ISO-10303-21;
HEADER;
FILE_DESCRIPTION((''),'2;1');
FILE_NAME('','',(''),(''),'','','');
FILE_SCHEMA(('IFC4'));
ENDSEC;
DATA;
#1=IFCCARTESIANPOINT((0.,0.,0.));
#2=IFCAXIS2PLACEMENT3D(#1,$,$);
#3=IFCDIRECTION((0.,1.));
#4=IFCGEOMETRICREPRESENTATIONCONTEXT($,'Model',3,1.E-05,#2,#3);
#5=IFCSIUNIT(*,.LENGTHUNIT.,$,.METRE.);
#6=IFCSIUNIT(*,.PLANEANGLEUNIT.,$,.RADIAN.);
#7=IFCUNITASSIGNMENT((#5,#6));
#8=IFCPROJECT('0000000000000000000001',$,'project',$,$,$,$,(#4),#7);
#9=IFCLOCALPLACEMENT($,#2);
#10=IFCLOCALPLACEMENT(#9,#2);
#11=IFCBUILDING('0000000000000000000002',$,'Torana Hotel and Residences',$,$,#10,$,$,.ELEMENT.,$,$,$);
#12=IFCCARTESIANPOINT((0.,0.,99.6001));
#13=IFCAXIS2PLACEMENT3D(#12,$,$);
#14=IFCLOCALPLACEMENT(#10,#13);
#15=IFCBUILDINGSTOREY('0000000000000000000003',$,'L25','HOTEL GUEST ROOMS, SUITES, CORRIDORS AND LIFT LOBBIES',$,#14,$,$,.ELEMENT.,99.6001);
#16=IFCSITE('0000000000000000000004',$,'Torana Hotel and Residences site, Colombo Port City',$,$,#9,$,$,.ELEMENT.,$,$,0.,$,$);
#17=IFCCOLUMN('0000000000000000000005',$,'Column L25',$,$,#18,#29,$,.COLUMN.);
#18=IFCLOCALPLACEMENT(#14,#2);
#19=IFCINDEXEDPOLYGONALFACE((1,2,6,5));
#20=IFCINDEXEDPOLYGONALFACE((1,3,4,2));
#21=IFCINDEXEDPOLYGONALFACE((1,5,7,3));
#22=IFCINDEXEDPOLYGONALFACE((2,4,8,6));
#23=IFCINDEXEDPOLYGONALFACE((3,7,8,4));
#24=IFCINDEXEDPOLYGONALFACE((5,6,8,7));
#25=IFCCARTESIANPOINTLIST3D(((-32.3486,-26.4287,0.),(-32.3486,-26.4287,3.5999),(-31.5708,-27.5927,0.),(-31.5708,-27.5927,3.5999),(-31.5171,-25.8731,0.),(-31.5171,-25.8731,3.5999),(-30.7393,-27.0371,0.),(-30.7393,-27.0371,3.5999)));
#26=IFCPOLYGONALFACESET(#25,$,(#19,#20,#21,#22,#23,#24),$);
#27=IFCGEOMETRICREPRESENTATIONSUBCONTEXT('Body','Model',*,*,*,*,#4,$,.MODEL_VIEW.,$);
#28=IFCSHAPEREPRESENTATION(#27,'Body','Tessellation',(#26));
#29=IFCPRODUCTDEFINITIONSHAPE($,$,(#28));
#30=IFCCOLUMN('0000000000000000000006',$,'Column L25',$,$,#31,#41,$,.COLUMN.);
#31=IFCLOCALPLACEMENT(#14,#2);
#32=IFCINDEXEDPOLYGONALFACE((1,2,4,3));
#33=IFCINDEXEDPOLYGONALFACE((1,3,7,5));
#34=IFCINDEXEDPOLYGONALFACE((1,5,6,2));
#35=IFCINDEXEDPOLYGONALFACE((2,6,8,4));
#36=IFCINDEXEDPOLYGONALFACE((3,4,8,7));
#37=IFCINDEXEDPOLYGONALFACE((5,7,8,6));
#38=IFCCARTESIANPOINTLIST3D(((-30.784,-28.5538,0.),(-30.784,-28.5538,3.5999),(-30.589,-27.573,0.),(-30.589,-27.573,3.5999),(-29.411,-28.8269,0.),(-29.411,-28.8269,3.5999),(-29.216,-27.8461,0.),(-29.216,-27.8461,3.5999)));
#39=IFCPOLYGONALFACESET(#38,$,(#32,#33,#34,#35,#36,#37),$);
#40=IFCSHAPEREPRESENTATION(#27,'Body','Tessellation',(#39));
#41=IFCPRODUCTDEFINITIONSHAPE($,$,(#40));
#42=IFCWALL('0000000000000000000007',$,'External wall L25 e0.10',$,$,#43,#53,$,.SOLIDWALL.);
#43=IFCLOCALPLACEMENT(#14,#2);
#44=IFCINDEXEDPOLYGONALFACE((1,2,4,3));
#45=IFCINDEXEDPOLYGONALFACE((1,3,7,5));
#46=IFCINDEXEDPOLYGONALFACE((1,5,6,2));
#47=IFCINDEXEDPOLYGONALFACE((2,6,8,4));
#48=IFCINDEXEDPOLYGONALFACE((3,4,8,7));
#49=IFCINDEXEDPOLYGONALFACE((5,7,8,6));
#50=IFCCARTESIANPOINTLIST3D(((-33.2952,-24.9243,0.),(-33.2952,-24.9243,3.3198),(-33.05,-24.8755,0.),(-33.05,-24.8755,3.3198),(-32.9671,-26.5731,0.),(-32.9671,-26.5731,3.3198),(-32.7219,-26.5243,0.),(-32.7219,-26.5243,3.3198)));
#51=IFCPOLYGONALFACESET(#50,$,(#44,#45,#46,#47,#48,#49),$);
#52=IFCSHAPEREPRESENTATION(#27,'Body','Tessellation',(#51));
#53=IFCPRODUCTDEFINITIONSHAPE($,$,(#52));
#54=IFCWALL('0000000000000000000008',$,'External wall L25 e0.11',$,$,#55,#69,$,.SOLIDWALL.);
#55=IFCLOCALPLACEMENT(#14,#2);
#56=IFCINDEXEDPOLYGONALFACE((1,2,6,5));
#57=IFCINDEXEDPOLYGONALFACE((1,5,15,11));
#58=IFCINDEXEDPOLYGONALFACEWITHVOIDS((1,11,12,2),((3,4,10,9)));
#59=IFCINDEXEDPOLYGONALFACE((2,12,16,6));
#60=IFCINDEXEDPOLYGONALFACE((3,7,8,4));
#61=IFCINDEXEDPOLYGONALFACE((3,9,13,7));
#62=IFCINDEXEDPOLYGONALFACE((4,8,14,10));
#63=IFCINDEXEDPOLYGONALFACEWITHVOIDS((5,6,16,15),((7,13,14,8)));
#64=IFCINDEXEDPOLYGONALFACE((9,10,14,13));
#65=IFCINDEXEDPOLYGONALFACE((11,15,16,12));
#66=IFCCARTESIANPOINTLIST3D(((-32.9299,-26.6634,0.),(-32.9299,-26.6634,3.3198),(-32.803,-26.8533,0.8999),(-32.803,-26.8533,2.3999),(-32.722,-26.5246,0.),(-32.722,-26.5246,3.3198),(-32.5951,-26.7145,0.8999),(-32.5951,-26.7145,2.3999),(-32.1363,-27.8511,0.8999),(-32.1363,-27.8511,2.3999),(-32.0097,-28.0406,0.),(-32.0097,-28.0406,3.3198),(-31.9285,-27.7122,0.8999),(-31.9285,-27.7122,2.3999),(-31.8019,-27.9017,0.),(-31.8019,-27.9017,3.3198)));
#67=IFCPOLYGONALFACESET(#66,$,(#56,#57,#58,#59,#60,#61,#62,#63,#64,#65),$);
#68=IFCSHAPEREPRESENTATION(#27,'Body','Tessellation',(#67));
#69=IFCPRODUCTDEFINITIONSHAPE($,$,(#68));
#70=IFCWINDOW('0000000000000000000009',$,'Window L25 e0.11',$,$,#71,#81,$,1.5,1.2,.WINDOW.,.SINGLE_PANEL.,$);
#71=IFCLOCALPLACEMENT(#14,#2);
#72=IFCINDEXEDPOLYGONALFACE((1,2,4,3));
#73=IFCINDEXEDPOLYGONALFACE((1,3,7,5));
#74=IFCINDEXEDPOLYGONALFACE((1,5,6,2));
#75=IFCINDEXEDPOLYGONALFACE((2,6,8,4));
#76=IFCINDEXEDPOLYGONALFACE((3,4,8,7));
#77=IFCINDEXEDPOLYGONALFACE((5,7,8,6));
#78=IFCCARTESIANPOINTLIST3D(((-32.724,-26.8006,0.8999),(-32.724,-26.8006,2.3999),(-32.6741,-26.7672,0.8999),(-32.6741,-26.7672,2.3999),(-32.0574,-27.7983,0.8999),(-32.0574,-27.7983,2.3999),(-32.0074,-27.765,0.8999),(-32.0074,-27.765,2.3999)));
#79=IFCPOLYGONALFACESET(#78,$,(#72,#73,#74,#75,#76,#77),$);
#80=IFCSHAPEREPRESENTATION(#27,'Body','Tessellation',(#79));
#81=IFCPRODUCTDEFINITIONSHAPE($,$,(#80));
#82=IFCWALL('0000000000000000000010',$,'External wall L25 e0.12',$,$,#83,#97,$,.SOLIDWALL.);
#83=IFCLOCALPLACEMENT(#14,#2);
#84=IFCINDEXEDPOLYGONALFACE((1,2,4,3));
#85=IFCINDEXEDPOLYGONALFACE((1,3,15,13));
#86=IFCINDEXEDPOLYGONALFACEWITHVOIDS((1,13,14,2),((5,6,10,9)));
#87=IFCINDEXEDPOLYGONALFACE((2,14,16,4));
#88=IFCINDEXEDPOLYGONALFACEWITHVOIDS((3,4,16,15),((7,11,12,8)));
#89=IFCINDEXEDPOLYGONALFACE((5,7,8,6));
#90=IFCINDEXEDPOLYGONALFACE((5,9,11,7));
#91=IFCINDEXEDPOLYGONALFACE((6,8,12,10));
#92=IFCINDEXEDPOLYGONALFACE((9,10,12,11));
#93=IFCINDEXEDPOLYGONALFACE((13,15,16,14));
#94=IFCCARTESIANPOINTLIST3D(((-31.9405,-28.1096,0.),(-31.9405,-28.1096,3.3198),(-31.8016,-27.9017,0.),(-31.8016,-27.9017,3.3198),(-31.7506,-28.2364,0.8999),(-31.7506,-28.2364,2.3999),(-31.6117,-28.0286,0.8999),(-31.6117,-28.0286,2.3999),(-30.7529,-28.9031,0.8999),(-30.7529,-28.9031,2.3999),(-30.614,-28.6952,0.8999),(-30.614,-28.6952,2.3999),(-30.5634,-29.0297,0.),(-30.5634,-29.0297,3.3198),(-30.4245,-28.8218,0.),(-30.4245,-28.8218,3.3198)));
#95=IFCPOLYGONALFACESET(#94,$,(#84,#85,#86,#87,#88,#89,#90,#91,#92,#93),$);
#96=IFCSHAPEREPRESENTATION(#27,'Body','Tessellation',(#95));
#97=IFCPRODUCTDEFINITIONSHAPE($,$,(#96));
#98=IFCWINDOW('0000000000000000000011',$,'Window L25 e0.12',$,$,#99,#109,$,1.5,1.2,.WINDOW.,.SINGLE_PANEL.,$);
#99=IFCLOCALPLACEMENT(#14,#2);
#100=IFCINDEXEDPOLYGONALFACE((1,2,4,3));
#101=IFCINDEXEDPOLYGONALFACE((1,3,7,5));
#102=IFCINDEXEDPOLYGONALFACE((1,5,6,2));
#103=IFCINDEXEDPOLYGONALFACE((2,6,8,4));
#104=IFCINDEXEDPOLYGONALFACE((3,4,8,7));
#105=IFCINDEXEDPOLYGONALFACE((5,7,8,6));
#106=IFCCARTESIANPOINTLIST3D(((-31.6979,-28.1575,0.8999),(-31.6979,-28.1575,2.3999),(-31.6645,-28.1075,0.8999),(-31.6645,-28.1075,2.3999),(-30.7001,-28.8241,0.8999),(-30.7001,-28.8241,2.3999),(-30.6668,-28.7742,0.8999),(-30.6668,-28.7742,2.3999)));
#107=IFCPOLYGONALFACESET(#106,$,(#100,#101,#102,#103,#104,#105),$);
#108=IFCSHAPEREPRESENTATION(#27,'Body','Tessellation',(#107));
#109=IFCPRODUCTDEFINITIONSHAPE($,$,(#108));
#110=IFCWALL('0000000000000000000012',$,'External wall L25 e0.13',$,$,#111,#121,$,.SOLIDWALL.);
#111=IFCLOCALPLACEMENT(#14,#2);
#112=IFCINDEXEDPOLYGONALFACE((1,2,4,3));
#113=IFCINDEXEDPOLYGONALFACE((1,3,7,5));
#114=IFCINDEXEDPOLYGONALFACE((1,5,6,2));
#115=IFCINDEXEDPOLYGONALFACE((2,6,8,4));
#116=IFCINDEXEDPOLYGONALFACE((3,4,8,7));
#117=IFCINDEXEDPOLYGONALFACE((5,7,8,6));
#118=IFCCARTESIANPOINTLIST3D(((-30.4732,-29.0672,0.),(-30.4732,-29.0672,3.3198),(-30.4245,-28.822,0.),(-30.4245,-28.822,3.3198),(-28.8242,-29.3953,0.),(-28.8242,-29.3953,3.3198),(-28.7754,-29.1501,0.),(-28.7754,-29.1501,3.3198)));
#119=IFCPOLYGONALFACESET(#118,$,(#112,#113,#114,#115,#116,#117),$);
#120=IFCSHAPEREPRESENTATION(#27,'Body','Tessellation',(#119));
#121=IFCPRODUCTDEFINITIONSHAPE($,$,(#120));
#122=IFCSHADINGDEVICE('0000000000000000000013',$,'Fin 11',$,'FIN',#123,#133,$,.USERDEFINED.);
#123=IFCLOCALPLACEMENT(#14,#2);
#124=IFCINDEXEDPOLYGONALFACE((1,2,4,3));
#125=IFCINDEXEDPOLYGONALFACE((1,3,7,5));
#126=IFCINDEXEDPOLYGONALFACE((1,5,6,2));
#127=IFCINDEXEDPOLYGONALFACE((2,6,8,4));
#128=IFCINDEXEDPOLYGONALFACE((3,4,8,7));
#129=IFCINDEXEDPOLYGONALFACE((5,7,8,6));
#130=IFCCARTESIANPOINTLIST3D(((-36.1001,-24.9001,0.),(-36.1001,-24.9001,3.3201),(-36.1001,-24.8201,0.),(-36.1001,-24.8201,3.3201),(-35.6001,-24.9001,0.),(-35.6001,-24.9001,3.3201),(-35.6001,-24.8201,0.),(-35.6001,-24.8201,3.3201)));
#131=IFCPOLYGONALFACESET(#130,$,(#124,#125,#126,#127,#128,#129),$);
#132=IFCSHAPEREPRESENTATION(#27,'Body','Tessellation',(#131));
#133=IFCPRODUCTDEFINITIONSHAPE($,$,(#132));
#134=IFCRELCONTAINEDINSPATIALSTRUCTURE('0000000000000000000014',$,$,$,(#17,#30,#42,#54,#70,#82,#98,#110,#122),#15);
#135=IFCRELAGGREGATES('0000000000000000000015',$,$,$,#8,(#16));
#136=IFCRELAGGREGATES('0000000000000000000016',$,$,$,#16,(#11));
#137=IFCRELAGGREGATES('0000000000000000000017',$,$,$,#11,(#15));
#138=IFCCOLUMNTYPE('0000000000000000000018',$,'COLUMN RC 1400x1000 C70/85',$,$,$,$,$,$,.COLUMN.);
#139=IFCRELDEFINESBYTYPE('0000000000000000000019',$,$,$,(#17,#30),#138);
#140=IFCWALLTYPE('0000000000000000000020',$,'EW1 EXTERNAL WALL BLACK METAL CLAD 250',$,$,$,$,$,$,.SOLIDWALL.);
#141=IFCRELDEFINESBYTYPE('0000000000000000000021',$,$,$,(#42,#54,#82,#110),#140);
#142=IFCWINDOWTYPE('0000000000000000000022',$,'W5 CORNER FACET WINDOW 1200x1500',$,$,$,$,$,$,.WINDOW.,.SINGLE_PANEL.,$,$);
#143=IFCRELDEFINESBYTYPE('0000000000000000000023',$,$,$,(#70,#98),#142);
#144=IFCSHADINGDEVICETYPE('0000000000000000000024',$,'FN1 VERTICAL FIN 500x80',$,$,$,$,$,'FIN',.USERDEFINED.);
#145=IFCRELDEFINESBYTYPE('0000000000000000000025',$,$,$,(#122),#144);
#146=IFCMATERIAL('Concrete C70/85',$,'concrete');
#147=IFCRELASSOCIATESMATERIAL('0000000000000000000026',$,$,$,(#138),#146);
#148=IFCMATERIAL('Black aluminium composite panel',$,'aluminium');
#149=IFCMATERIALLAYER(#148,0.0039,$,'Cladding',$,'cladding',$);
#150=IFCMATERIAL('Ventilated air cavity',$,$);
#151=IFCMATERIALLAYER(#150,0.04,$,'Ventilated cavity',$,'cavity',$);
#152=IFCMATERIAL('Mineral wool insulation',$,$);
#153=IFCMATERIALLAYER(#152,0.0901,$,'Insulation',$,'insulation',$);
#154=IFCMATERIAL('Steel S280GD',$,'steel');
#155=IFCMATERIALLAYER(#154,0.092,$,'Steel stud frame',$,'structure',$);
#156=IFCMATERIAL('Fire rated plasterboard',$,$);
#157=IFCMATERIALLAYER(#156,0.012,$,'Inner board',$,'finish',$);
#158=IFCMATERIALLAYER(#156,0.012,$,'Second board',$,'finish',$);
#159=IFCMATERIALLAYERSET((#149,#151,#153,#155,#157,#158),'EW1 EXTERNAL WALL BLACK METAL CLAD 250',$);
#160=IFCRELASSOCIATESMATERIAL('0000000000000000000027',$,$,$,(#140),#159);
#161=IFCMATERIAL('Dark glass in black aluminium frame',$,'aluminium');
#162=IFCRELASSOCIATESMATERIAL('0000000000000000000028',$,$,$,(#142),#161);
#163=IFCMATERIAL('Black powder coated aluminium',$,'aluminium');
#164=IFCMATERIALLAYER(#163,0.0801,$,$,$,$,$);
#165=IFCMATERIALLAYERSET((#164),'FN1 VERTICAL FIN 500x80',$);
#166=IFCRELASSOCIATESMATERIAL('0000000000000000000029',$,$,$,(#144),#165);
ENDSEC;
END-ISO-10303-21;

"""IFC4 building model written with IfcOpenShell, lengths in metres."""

from ifc_helpers import new_model, si_unit, direction, frame, frame_2d, origin, origin_2d, place, context, subcontext, project, spatial, rectangle, extrude, material, layer, layer_set, material_profile, profile_set, type_object, element, fill, save


model = new_model("IFC4")

# Units and contexts
model_context = context("Model", 3, precision=1e-05, world=origin(), true_north=direction((0.0, 1.0)))
body_context = subcontext(model_context, "Body", "Model", "MODEL_VIEW")
ifc_project = project(units=[si_unit("LENGTHUNIT", "METRE"), si_unit("PLANEANGLEUNIT", "RADIAN")], contexts=[model_context])

# Site, building, storey
site_placement = place(None, origin())
site = spatial("IfcSite", under=ifc_project, at=site_placement, Name="Torana Hotel and Residences site, Colombo Port City", CompositionType="ELEMENT", RefElevation=0.0)
building_placement = place(site_placement, origin())
building = spatial("IfcBuilding", under=site, at=building_placement, Name="Torana Hotel and Residences", CompositionType="ELEMENT")
storey_placement = place(building_placement, frame((0.0, 0.0, 99.6001)))
storey = spatial("IfcBuildingStorey", under=building, at=storey_placement, Name="L25", Description="HOTEL GUEST ROOMS, SUITES, CORRIDORS AND LIFT LOBBIES", CompositionType="ELEMENT", Elevation=99.6001)

# Columns
ifc_material_1 = material(Name="Concrete C70/85", Category="concrete")
ifc_material_profile = material_profile(ifc_material_1, rectangle(XDim=1.3999, YDim=1.0, at=origin_2d()), Name="RC 1400x1000")
ifc_profile_set = profile_set([ifc_material_profile], Name="Concrete C70/85")
column_type = type_object("IfcColumnType", Name="COLUMN RC 1400x1000 C70/85", PredefinedType="COLUMN", material=ifc_profile_set)
for number, where, z_axis, x_axis, name in (
    (1, (-31.5439, -26.7329, 0.0), (0.0, 0.0, 1.0), (-0.555585, 0.83146, 0.0), "Column L25"),
    (2, (-30.0, -28.2, 0.0), (0.0, 0.0, 1.0), (-0.980792, 0.195056, 0.0), "Column L25"),
):
    element("IfcColumn", number, at=place(storey_placement, frame(where, z_axis=z_axis, x_axis=x_axis)), inside=storey, type_object=column_type, Name=name, PredefinedType="COLUMN", context=body_context, shape_type="SweptSolid", body=[
        extrude(rectangle(XDim=1.3999, YDim=1.0, at=origin_2d()), origin(), (0.0, 0.0, 1.0), 3.5999),
    ])

# Wall
ifc_material_2 = material(Name="Black aluminium composite panel", Category="aluminium")
ifc_layer_1 = layer(ifc_material_2, 0.0039, Name="Cladding", Category="cladding")
ifc_material_3 = material(Name="Ventilated air cavity")
ifc_layer_2 = layer(ifc_material_3, 0.04, Name="Ventilated cavity", Category="cavity")
ifc_material_4 = material(Name="Mineral wool insulation")
ifc_layer_3 = layer(ifc_material_4, 0.0901, Name="Insulation", Category="insulation")
ifc_material_5 = material(Name="Steel S280GD", Category="steel")
ifc_layer_4 = layer(ifc_material_5, 0.092, Name="Steel stud frame", Category="structure")
ifc_material_6 = material(Name="Fire rated plasterboard")
ifc_layer_5 = layer(ifc_material_6, 0.012, Name="Inner board", Category="finish")
ifc_layer_6 = layer(ifc_material_6, 0.012, Name="Second board", Category="finish")
ifc_layer_set_1 = layer_set([ifc_layer_1, ifc_layer_2, ifc_layer_3, ifc_layer_4, ifc_layer_5, ifc_layer_6], Name="EW1 EXTERNAL WALL BLACK METAL CLAD 250")
wall_type = type_object("IfcWallType", Name="EW1 EXTERNAL WALL BLACK METAL CLAD 250", PredefinedType="SOLIDWALL", material=ifc_layer_set_1)
wall_1_placement = place(storey_placement, frame((-33.1726, -24.8999, 0.0), z_axis=(0.0, 0.0, 1.0), x_axis=(0.195167, -0.98077, 0.0)))
element("IfcWall", 3, at=wall_1_placement, inside=storey, type_object=wall_type, Name="External wall L25 e0.10", PredefinedType="SOLIDWALL", context=body_context, shape_type="SweptSolid", body=[
    extrude(rectangle(XDim=1.6812, YDim=0.25, at=frame_2d((0.8406, 0.0))), origin(), (0.0, 0.0, 1.0), 3.3198),
])

# Walls, openings, windows
wall_2_placement = place(storey_placement, frame((-32.8259, -26.594, 0.0), z_axis=(0.0, 0.0, 1.0), x_axis=(0.55555, -0.831483, 0.0)))
wall_2 = element("IfcWall", 4, at=wall_2_placement, inside=storey, type_object=wall_type, Name="External wall L25 e0.11", PredefinedType="SOLIDWALL", context=body_context, shape_type="SweptSolid", body=[
    extrude(rectangle(XDim=1.6562, YDim=0.25, at=frame_2d((0.8281, 0.0))), origin(), (0.0, 0.0, 1.0), 3.3198),
])
opening_1_placement = place(wall_2_placement, frame((0.2283, 0.0, 0.8999)))
opening_1 = element("IfcOpeningElement", 5, at=opening_1_placement, cuts=wall_2, PredefinedType="OPENING", context=body_context, shape_type="SweptSolid", body=[
    extrude(rectangle(XDim=1.2, YDim=1.5, at=frame_2d((0.6001, 0.75))), frame((0.0, 0.135, 0.0), z_axis=(0.0, -1.0, 0.0), x_axis=(1.0, 0.0, 0.0)), (0.0, 0.0, 1.0), 0.27),
])
ifc_material_7 = material(Name="Dark glass in black aluminium frame", Category="aluminium")
window_type = type_object("IfcWindowType", Name="W5 CORNER FACET WINDOW 1200x1500", PartitioningType="SINGLE_PANEL", PredefinedType="WINDOW", material=ifc_material_7)
window_1_placement = place(opening_1_placement, origin())
window_1 = element("IfcWindow", 6, at=window_1_placement, inside=storey, type_object=window_type, Name="Window L25 e0.11", OverallHeight=1.5, OverallWidth=1.2, PartitioningType="SINGLE_PANEL", PredefinedType="WINDOW", context=body_context, shape_type="SweptSolid", body=[
    extrude(rectangle(XDim=1.2, YDim=1.5, at=frame_2d((0.6001, 0.75))), frame((0.0, 0.03, 0.0), z_axis=(0.0, -1.0, 0.0), x_axis=(1.0, 0.0, 0.0)), (0.0, 0.0, 1.0), 0.0601),
])
fill(opening_1, window_1)
wall_3_placement = place(storey_placement, frame((-31.8711, -28.0056, 0.0), z_axis=(0.0, 0.0, 1.0), x_axis=(0.831483, -0.55555, 0.0)))
wall_3 = element("IfcWall", 7, at=wall_3_placement, inside=storey, type_object=wall_type, Name="External wall L25 e0.12", PredefinedType="SOLIDWALL", context=body_context, shape_type="SweptSolid", body=[
    extrude(rectangle(XDim=1.6562, YDim=0.25, at=frame_2d((0.8281, 0.0))), origin(), (0.0, 0.0, 1.0), 3.3198),
])
opening_2_placement = place(wall_3_placement, frame((0.2283, 0.0, 0.8999)))
opening_2 = element("IfcOpeningElement", 8, at=opening_2_placement, cuts=wall_3, PredefinedType="OPENING", context=body_context, shape_type="SweptSolid", body=[
    extrude(rectangle(XDim=1.2, YDim=1.5, at=frame_2d((0.6001, 0.75))), frame((0.0, 0.135, 0.0), z_axis=(0.0, -1.0, 0.0), x_axis=(1.0, 0.0, 0.0)), (0.0, 0.0, 1.0), 0.27),
])
window_2_placement = place(opening_2_placement, origin())
window_2 = element("IfcWindow", 9, at=window_2_placement, inside=storey, type_object=window_type, Name="Window L25 e0.12", OverallHeight=1.5, OverallWidth=1.2, PartitioningType="SINGLE_PANEL", PredefinedType="WINDOW", context=body_context, shape_type="SweptSolid", body=[
    extrude(rectangle(XDim=1.2, YDim=1.5, at=frame_2d((0.6001, 0.75))), frame((0.0, 0.03, 0.0), z_axis=(0.0, -1.0, 0.0), x_axis=(1.0, 0.0, 0.0)), (0.0, 0.0, 1.0), 0.0601),
])
fill(opening_2, window_2)

# Wall
wall_4_placement = place(storey_placement, frame((-30.449, -28.9446, 0.0), z_axis=(0.0, 0.0, 1.0), x_axis=(0.980776, -0.195139, 0.0)))
element("IfcWall", 10, at=wall_4_placement, inside=storey, type_object=wall_type, Name="External wall L25 e0.13", PredefinedType="SOLIDWALL", context=body_context, shape_type="SweptSolid", body=[
    extrude(rectangle(XDim=1.6814, YDim=0.25, at=frame_2d((0.8408, 0.0))), origin(), (0.0, 0.0, 1.0), 3.3198),
])

# Shading device
ifc_material_8 = material(Name="Black powder coated aluminium", Category="aluminium")
ifc_layer_7 = layer(ifc_material_8, 0.0801)
ifc_layer_set_2 = layer_set([ifc_layer_7], Name="FN1 VERTICAL FIN 500x80")
shading_device_type = type_object("IfcShadingDeviceType", Name="FN1 VERTICAL FIN 500x80", ElementType="FIN", PredefinedType="USERDEFINED", material=ifc_layer_set_2)
shading_device_placement = place(storey_placement, frame((-35.8501, -24.8601, 0.0), z_axis=(0.0, 0.0, 1.0), x_axis=(0.0, 1.0, 0.0)))
element("IfcShadingDevice", 11, at=shading_device_placement, inside=storey, type_object=shading_device_type, Name="Fin 11", ObjectType="FIN", PredefinedType="USERDEFINED", context=body_context, shape_type="SweptSolid", body=[
    extrude(rectangle(XDim=0.0801, YDim=0.5, at=origin_2d()), origin(), (0.0, 0.0, 1.0), 3.3201),
])

save(model, "model.ifc")
